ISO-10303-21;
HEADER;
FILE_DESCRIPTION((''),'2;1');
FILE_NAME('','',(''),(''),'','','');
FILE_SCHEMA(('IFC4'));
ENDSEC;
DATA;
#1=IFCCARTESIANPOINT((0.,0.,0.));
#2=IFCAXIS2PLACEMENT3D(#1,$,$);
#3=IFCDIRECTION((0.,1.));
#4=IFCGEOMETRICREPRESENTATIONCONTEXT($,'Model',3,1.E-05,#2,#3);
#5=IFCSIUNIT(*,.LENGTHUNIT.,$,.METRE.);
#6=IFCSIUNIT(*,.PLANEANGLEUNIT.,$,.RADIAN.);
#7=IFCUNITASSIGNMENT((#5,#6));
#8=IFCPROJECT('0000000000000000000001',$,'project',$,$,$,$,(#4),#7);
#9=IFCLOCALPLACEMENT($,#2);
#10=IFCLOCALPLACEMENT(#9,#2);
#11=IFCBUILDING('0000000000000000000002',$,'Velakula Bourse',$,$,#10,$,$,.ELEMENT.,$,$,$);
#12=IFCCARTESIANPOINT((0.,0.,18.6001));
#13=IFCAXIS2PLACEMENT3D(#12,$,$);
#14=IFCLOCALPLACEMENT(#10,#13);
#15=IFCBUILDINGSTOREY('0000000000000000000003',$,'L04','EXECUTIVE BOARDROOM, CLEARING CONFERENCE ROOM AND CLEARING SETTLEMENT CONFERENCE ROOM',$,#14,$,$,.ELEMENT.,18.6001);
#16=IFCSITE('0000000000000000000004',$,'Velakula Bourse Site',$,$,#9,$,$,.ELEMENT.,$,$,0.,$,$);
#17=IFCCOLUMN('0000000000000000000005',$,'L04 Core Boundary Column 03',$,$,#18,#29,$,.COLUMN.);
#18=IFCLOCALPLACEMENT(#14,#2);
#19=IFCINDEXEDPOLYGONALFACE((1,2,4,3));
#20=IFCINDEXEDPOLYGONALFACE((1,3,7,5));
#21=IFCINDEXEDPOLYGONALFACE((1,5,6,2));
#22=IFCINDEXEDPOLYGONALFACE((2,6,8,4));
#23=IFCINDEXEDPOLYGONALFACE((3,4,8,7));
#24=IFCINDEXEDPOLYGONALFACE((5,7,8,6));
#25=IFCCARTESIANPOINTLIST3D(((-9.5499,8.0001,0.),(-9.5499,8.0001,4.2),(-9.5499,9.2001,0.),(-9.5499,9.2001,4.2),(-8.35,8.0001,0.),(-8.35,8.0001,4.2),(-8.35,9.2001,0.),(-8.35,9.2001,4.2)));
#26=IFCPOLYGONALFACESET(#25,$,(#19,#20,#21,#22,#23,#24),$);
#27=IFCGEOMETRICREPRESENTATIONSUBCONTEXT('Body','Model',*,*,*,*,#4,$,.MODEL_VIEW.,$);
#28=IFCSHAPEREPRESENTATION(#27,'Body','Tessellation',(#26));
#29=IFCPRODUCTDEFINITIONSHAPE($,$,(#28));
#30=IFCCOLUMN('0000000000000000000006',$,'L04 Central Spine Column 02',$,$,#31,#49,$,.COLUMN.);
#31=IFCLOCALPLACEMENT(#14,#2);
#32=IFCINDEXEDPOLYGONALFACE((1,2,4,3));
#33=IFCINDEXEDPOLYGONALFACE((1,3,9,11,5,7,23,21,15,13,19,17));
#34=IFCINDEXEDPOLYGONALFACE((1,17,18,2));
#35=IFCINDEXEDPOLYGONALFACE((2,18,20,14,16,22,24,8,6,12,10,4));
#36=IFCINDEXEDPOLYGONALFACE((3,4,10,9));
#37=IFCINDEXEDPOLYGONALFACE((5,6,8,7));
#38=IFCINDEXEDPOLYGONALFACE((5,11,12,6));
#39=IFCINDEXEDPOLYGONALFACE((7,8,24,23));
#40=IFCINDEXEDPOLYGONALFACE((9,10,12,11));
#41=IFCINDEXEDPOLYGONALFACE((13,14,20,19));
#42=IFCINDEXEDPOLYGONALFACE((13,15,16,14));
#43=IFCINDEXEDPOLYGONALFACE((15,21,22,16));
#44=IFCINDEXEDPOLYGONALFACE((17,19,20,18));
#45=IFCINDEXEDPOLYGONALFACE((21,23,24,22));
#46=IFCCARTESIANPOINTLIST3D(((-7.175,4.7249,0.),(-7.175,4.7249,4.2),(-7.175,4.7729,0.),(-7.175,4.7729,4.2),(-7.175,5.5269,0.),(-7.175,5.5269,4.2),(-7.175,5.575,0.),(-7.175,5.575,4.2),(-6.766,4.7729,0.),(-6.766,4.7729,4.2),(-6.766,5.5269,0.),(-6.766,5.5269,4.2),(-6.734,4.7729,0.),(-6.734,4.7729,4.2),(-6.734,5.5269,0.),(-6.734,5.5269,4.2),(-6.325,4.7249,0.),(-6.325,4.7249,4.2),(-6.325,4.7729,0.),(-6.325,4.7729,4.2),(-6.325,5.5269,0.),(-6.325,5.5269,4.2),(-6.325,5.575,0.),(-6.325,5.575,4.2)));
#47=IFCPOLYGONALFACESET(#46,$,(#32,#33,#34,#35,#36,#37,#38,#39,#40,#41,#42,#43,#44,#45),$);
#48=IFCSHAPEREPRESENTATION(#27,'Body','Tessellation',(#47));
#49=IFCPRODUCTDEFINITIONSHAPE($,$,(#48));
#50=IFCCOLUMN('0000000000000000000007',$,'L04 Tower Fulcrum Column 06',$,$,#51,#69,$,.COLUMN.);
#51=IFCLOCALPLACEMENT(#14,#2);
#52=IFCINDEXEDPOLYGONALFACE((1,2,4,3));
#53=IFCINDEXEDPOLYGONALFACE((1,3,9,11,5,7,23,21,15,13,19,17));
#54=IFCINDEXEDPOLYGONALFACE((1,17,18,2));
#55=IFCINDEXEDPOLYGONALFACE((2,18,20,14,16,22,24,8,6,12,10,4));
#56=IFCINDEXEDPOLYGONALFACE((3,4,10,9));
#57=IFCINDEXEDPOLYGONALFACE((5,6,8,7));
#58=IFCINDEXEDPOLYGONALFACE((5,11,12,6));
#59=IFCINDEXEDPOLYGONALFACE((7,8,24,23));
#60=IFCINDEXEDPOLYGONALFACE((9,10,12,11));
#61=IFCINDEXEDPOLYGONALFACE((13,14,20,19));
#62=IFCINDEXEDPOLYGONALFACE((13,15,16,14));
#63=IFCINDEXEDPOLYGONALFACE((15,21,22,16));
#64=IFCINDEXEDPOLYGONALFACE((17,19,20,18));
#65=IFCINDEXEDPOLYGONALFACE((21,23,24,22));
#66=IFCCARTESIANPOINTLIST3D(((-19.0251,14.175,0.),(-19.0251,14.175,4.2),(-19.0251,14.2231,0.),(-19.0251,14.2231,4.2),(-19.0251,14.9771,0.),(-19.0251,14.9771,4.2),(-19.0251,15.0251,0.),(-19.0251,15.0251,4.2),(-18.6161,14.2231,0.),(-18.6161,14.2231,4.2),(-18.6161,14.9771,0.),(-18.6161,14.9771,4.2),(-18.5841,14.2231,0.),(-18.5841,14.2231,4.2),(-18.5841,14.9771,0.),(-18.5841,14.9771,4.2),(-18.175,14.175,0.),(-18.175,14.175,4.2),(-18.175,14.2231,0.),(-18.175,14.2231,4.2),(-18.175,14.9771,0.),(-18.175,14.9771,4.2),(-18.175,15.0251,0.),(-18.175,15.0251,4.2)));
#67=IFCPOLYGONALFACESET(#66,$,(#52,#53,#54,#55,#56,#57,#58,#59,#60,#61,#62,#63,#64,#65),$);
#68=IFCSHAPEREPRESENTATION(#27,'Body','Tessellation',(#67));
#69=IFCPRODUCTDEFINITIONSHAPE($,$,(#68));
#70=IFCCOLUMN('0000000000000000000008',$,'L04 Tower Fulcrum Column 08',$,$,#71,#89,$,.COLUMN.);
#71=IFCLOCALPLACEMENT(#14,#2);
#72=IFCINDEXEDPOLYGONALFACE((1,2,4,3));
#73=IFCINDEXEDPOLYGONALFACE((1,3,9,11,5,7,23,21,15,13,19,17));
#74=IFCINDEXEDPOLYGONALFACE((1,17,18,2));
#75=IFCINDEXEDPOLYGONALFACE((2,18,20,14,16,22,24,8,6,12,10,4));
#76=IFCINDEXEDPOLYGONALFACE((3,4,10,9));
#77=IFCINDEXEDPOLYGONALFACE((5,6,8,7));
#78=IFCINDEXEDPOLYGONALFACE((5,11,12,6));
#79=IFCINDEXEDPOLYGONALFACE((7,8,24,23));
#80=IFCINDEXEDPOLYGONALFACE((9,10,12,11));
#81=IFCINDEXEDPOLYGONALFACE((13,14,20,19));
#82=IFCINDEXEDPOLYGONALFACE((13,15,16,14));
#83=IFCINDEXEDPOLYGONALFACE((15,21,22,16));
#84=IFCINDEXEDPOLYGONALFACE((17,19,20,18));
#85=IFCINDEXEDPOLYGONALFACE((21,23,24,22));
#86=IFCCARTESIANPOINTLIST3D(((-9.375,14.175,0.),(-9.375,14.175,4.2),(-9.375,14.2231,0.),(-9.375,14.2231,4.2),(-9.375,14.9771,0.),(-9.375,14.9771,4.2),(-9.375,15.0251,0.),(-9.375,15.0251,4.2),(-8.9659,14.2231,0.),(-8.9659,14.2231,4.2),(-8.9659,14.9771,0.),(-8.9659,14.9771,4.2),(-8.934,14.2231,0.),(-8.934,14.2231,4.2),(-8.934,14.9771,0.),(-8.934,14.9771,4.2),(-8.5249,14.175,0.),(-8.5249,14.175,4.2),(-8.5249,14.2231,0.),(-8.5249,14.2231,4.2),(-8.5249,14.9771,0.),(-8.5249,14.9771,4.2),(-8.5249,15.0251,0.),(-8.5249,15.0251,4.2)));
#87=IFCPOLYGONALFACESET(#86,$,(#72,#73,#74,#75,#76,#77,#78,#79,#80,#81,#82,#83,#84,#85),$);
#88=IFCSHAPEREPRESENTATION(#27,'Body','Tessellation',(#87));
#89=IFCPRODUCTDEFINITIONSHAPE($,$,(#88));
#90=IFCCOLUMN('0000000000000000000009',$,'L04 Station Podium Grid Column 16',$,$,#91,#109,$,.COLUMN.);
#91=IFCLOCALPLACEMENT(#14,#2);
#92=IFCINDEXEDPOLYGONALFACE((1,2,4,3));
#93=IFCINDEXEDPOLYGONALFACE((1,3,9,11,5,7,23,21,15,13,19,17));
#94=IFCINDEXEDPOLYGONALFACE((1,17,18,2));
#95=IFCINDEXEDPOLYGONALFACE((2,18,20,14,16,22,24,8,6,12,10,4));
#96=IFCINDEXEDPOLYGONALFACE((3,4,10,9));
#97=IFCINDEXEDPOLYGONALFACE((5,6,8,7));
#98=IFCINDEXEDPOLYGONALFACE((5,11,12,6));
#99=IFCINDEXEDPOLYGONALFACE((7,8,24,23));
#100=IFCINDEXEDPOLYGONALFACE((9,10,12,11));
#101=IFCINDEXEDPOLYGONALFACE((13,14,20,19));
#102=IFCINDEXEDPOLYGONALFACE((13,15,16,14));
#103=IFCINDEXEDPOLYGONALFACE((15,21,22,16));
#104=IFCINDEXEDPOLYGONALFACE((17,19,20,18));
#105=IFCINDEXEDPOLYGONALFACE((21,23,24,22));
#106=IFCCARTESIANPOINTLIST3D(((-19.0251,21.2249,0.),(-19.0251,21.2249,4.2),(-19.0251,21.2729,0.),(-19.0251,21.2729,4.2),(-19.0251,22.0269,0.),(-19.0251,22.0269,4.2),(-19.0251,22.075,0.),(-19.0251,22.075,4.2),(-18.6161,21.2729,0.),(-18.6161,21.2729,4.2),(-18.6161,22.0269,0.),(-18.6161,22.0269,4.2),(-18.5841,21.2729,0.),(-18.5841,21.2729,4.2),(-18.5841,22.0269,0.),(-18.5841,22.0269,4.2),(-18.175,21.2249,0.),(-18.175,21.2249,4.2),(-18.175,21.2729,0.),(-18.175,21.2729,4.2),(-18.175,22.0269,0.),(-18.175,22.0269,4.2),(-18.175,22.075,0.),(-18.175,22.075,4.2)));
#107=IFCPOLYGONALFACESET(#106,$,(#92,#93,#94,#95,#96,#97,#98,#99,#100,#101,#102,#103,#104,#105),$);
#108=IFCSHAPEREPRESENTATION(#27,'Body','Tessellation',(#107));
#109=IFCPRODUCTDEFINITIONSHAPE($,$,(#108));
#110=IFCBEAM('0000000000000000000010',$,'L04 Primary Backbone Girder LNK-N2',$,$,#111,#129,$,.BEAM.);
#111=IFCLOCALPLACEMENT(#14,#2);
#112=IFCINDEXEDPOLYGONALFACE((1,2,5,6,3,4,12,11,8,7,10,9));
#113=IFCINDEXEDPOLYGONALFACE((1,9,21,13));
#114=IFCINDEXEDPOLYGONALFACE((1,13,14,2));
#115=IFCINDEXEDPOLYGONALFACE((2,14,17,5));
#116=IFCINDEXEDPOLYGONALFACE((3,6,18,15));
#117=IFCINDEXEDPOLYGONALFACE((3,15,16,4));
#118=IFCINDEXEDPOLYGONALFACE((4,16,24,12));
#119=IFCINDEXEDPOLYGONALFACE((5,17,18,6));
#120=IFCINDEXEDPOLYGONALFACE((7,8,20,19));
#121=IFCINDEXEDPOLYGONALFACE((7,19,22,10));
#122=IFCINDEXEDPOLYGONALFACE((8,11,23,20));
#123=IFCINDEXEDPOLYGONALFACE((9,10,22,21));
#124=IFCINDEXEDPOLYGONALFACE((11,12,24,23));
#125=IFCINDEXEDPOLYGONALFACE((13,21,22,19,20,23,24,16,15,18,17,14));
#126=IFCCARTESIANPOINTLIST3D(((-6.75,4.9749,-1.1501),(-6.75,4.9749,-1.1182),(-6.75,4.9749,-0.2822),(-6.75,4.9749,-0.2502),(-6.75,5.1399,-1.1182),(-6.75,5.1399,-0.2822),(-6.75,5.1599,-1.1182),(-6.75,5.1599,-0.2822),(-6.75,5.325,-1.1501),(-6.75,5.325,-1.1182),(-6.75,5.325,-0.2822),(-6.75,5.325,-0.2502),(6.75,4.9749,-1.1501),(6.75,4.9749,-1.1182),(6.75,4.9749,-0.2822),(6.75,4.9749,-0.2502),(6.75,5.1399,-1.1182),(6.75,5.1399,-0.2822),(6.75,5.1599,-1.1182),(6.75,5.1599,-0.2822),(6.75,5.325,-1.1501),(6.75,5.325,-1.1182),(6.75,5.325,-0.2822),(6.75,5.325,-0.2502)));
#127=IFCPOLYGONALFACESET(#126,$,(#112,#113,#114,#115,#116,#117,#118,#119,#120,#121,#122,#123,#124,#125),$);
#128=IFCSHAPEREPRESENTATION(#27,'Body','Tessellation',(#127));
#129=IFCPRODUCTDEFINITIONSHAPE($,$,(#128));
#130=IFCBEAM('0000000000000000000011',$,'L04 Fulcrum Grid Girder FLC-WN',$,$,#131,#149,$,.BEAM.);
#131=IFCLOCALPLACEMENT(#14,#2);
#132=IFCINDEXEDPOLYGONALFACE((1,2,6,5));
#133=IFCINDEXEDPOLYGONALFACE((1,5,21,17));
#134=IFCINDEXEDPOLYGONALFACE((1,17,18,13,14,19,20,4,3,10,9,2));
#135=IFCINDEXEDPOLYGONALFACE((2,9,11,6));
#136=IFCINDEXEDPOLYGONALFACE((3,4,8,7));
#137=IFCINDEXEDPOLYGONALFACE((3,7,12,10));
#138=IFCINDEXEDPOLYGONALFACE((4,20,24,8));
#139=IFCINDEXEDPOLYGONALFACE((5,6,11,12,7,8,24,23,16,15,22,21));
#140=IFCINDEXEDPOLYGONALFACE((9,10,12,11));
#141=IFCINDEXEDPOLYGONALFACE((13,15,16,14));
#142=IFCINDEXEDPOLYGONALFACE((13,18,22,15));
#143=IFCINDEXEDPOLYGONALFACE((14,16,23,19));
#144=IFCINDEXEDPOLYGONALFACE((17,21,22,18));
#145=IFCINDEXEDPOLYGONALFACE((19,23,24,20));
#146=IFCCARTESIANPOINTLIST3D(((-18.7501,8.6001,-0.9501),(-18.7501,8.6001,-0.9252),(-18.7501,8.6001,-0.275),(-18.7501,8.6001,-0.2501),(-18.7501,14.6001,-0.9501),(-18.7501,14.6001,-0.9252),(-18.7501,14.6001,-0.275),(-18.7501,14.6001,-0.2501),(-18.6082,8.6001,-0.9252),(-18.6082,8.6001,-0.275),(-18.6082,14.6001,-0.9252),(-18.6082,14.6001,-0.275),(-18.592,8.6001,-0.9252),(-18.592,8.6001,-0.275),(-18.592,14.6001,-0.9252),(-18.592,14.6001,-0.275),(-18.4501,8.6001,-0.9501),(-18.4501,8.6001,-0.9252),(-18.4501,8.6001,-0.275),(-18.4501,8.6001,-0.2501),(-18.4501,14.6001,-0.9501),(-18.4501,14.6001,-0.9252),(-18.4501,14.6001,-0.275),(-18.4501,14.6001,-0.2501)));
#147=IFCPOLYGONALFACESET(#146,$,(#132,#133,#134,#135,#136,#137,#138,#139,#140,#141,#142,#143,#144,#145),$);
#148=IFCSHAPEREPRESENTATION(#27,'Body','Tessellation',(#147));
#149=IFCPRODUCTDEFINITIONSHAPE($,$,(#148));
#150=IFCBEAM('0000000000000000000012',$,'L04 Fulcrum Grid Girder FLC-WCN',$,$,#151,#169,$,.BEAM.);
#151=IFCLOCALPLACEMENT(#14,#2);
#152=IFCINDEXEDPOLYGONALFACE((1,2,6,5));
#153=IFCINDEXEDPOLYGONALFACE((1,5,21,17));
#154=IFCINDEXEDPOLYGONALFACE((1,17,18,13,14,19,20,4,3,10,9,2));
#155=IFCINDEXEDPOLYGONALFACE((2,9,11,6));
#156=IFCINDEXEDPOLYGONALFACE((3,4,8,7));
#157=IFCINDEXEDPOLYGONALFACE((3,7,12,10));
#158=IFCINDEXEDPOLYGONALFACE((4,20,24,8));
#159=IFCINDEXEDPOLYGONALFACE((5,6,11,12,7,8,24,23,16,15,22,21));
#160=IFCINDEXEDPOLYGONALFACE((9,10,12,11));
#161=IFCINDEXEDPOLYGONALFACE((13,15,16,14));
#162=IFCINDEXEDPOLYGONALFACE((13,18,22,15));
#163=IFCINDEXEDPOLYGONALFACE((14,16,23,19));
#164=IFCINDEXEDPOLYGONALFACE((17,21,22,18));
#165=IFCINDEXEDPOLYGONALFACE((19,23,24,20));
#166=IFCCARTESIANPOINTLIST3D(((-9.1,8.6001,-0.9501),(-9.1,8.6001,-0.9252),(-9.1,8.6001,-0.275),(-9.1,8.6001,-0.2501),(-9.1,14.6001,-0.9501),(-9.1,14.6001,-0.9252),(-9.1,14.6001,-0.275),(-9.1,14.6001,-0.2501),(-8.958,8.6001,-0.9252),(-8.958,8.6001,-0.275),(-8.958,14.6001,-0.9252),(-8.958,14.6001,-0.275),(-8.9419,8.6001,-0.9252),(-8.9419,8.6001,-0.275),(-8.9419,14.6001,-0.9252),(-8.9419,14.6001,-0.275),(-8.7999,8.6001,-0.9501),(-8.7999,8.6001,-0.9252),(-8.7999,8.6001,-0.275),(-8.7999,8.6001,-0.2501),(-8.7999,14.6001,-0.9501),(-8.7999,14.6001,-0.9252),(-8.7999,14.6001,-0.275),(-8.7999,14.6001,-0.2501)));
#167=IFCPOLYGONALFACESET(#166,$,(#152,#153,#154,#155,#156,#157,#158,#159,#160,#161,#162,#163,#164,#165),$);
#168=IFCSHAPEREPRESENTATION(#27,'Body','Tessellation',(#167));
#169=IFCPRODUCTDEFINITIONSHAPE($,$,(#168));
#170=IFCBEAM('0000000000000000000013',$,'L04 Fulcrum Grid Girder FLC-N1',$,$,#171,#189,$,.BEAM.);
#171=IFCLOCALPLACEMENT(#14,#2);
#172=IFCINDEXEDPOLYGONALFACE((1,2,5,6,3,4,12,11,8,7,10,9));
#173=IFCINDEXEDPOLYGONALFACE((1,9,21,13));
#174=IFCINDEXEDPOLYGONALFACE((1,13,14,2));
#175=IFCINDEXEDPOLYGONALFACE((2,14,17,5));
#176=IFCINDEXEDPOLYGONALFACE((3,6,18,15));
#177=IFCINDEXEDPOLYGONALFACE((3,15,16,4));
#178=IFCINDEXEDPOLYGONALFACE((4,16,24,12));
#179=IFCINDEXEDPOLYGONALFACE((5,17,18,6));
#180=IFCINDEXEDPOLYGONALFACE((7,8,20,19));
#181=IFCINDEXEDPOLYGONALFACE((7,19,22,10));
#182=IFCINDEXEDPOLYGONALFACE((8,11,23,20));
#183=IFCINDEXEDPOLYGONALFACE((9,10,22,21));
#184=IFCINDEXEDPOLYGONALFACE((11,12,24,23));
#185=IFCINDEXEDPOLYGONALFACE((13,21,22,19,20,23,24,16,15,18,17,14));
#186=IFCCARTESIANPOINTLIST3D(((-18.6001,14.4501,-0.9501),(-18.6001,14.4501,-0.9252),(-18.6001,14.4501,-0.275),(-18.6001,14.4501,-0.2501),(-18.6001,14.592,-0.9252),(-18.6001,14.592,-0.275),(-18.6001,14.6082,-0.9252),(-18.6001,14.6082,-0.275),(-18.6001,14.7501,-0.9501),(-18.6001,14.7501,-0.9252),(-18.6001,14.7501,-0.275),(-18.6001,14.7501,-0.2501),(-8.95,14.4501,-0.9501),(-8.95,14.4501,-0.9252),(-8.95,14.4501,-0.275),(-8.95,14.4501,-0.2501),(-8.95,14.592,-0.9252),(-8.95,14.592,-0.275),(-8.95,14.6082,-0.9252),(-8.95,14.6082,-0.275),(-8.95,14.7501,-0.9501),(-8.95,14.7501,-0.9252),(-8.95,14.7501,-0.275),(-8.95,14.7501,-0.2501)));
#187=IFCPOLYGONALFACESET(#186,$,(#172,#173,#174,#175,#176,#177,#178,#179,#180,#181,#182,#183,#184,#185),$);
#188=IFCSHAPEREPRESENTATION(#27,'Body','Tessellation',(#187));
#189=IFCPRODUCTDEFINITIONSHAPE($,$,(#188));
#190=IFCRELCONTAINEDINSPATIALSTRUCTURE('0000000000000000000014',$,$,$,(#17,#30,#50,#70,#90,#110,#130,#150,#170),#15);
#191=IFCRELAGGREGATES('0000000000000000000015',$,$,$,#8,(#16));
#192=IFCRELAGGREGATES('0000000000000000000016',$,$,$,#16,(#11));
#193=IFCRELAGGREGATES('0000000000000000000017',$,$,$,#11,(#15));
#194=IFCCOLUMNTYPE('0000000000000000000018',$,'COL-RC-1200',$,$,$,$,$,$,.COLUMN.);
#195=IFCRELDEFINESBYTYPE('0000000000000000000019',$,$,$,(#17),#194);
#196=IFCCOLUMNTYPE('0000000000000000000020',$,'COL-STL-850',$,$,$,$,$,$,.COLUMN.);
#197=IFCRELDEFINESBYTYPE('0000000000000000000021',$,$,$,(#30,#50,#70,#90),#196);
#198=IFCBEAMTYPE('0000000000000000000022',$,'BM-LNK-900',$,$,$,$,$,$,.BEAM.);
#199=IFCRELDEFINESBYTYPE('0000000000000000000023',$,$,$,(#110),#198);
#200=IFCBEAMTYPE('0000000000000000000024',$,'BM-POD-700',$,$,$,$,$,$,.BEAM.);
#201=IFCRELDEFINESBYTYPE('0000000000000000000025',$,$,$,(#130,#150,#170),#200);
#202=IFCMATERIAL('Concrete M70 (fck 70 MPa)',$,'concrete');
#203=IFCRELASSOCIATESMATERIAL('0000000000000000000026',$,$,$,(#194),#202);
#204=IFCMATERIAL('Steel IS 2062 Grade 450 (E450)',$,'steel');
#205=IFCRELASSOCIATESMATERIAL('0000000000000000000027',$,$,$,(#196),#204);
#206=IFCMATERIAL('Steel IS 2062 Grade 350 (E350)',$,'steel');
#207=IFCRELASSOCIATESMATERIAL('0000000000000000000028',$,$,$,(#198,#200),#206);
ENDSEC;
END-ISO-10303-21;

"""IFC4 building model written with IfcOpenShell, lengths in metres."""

from ifc_helpers import new_model, si_unit, direction, frame, origin, origin_2d, place, context, subcontext, project, spatial, rectangle, i_section, extrude, material, material_profile, profile_set, type_object, element, save


model = new_model("IFC4")

# Units and contexts
model_context = context("Model", 3, precision=1e-05, world=origin(), true_north=direction((0.0, 1.0)))
body_context = subcontext(model_context, "Body", "Model", "MODEL_VIEW")
ifc_project = project(units=[si_unit("LENGTHUNIT", "METRE"), si_unit("PLANEANGLEUNIT", "RADIAN")], contexts=[model_context])

# Site, building, storey
site_placement = place(None, origin())
site = spatial("IfcSite", under=ifc_project, at=site_placement, Name="Velakula Bourse Site", CompositionType="ELEMENT", RefElevation=0.0)
building_placement = place(site_placement, origin())
building = spatial("IfcBuilding", under=site, at=building_placement, Name="Velakula Bourse", CompositionType="ELEMENT")
storey_placement = place(building_placement, frame((0.0, 0.0, 18.6001)))
storey = spatial("IfcBuildingStorey", under=building, at=storey_placement, Name="L04", Description="EXECUTIVE BOARDROOM, CLEARING CONFERENCE ROOM AND CLEARING SETTLEMENT CONFERENCE ROOM", CompositionType="ELEMENT", Elevation=18.6001)

# Columns
ifc_material_1 = material(Name="Concrete M70 (fck 70 MPa)", Category="concrete")
ifc_material_profile_1 = material_profile(ifc_material_1, rectangle(XDim=1.2, YDim=1.2, at=origin_2d()), Name="Concrete M70 (fck 70 MPa)")
ifc_profile_set_1 = profile_set([ifc_material_profile_1], Name="Concrete M70 (fck 70 MPa)")
column_type_1 = type_object("IfcColumnType", Name="COL-RC-1200", PredefinedType="COLUMN", material=ifc_profile_set_1)
column_placement = place(storey_placement, frame((-8.95, 8.6001, 0.0), z_axis=(0.0, 0.0, 1.0), x_axis=(1.0, 0.0, 0.0)))
element("IfcColumn", 1, at=column_placement, inside=storey, type_object=column_type_1, Name="L04 Core Boundary Column 03", PredefinedType="COLUMN", context=body_context, shape_type="SweptSolid", body=[
    extrude(rectangle(XDim=1.2, YDim=1.2, at=origin_2d()), origin(), (0.0, 0.0, 1.0), 4.2),
])
ifc_material_2 = material(Name="Steel IS 2062 Grade 450 (E450)", Category="steel")
ifc_material_profile_2 = material_profile(ifc_material_2, i_section(OverallWidth=0.8501, OverallDepth=0.8501, WebThickness=0.032, FlangeThickness=0.0481, at=origin_2d()), Name="Steel IS 2062 Grade 450 (E450)")
ifc_profile_set_2 = profile_set([ifc_material_profile_2], Name="Steel IS 2062 Grade 450 (E450)")
column_type_2 = type_object("IfcColumnType", Name="COL-STL-850", PredefinedType="COLUMN", material=ifc_profile_set_2)
for number, where, z_axis, x_axis, name in (
    (2, (-6.75, 5.1499, 0.0), (0.0, 0.0, 1.0), (1.0, 0.0, 0.0), "L04 Central Spine Column 02"),
    (3, (-18.6001, 14.6001, 0.0), (0.0, 0.0, 1.0), (1.0, 0.0, 0.0), "L04 Tower Fulcrum Column 06"),
    (4, (-8.95, 14.6001, 0.0), (0.0, 0.0, 1.0), (1.0, 0.0, 0.0), "L04 Tower Fulcrum Column 08"),
    (5, (-18.6001, 21.6499, 0.0), (0.0, 0.0, 1.0), (1.0, 0.0, 0.0), "L04 Station Podium Grid Column 16"),
):
    element("IfcColumn", number, at=place(storey_placement, frame(where, z_axis=z_axis, x_axis=x_axis)), inside=storey, type_object=column_type_2, Name=name, PredefinedType="COLUMN", context=body_context, shape_type="SweptSolid", body=[
        extrude(i_section(OverallWidth=0.8501, OverallDepth=0.8501, WebThickness=0.032, FlangeThickness=0.0481, at=origin_2d()), origin(), (0.0, 0.0, 1.0), 4.2),
    ])

# Beams
ifc_material_3 = material(Name="Steel IS 2062 Grade 350 (E350)", Category="steel")
ifc_material_profile_3 = material_profile(ifc_material_3, i_section(OverallWidth=0.3501, OverallDepth=0.8999, WebThickness=0.02, FlangeThickness=0.032, at=origin_2d()), Name="Steel IS 2062 Grade 350 (E350)")
ifc_profile_set_3 = profile_set([ifc_material_profile_3], Name="Steel IS 2062 Grade 350 (E350)")
beam_type_1 = type_object("IfcBeamType", Name="BM-LNK-900", PredefinedType="BEAM", material=ifc_profile_set_3)
beam_1_placement = place(storey_placement, frame((-6.75, 5.1499, -0.7002), z_axis=(1.0, 0.0, 0.0), x_axis=(0.0, 1.0, 0.0)))
element("IfcBeam", 6, at=beam_1_placement, inside=storey, type_object=beam_type_1, Name="L04 Primary Backbone Girder LNK-N2", PredefinedType="BEAM", context=body_context, shape_type="SweptSolid", body=[
    extrude(i_section(OverallWidth=0.3501, OverallDepth=0.8999, WebThickness=0.02, FlangeThickness=0.032, at=origin_2d()), origin(), (0.0, 0.0, 1.0), 13.5),
])
ifc_material_profile_4 = material_profile(ifc_material_3, i_section(OverallWidth=0.3, OverallDepth=0.7, WebThickness=0.0161, FlangeThickness=0.0249, at=origin_2d()), Name="Steel IS 2062 Grade 350 (E350)")
ifc_profile_set_4 = profile_set([ifc_material_profile_4], Name="Steel IS 2062 Grade 350 (E350)")
beam_type_2 = type_object("IfcBeamType", Name="BM-POD-700", PredefinedType="BEAM", material=ifc_profile_set_4)
for number, where, z_axis, x_axis, name in (
    (7, (-18.6001, 8.6001, -0.6001), (0.0, 1.0, 0.0), (-1.0, 0.0, 0.0), "L04 Fulcrum Grid Girder FLC-WN"),
    (8, (-8.95, 8.6001, -0.6001), (0.0, 1.0, 0.0), (-1.0, 0.0, 0.0), "L04 Fulcrum Grid Girder FLC-WCN"),
):
    element("IfcBeam", number, at=place(storey_placement, frame(where, z_axis=z_axis, x_axis=x_axis)), inside=storey, type_object=beam_type_2, Name=name, PredefinedType="BEAM", context=body_context, shape_type="SweptSolid", body=[
        extrude(i_section(OverallWidth=0.3, OverallDepth=0.7, WebThickness=0.0161, FlangeThickness=0.0249, at=origin_2d()), origin(), (0.0, 0.0, 1.0), 6.0),
    ])
beam_2_placement = place(storey_placement, frame((-18.6001, 14.6001, -0.6001), z_axis=(1.0, 0.0, 0.0), x_axis=(0.0, 1.0, 0.0)))
element("IfcBeam", 9, at=beam_2_placement, inside=storey, type_object=beam_type_2, Name="L04 Fulcrum Grid Girder FLC-N1", PredefinedType="BEAM", context=body_context, shape_type="SweptSolid", body=[
    extrude(i_section(OverallWidth=0.3, OverallDepth=0.7, WebThickness=0.0161, FlangeThickness=0.0249, at=origin_2d()), origin(), (0.0, 0.0, 1.0), 9.6501),
])

save(model, "model.ifc")
